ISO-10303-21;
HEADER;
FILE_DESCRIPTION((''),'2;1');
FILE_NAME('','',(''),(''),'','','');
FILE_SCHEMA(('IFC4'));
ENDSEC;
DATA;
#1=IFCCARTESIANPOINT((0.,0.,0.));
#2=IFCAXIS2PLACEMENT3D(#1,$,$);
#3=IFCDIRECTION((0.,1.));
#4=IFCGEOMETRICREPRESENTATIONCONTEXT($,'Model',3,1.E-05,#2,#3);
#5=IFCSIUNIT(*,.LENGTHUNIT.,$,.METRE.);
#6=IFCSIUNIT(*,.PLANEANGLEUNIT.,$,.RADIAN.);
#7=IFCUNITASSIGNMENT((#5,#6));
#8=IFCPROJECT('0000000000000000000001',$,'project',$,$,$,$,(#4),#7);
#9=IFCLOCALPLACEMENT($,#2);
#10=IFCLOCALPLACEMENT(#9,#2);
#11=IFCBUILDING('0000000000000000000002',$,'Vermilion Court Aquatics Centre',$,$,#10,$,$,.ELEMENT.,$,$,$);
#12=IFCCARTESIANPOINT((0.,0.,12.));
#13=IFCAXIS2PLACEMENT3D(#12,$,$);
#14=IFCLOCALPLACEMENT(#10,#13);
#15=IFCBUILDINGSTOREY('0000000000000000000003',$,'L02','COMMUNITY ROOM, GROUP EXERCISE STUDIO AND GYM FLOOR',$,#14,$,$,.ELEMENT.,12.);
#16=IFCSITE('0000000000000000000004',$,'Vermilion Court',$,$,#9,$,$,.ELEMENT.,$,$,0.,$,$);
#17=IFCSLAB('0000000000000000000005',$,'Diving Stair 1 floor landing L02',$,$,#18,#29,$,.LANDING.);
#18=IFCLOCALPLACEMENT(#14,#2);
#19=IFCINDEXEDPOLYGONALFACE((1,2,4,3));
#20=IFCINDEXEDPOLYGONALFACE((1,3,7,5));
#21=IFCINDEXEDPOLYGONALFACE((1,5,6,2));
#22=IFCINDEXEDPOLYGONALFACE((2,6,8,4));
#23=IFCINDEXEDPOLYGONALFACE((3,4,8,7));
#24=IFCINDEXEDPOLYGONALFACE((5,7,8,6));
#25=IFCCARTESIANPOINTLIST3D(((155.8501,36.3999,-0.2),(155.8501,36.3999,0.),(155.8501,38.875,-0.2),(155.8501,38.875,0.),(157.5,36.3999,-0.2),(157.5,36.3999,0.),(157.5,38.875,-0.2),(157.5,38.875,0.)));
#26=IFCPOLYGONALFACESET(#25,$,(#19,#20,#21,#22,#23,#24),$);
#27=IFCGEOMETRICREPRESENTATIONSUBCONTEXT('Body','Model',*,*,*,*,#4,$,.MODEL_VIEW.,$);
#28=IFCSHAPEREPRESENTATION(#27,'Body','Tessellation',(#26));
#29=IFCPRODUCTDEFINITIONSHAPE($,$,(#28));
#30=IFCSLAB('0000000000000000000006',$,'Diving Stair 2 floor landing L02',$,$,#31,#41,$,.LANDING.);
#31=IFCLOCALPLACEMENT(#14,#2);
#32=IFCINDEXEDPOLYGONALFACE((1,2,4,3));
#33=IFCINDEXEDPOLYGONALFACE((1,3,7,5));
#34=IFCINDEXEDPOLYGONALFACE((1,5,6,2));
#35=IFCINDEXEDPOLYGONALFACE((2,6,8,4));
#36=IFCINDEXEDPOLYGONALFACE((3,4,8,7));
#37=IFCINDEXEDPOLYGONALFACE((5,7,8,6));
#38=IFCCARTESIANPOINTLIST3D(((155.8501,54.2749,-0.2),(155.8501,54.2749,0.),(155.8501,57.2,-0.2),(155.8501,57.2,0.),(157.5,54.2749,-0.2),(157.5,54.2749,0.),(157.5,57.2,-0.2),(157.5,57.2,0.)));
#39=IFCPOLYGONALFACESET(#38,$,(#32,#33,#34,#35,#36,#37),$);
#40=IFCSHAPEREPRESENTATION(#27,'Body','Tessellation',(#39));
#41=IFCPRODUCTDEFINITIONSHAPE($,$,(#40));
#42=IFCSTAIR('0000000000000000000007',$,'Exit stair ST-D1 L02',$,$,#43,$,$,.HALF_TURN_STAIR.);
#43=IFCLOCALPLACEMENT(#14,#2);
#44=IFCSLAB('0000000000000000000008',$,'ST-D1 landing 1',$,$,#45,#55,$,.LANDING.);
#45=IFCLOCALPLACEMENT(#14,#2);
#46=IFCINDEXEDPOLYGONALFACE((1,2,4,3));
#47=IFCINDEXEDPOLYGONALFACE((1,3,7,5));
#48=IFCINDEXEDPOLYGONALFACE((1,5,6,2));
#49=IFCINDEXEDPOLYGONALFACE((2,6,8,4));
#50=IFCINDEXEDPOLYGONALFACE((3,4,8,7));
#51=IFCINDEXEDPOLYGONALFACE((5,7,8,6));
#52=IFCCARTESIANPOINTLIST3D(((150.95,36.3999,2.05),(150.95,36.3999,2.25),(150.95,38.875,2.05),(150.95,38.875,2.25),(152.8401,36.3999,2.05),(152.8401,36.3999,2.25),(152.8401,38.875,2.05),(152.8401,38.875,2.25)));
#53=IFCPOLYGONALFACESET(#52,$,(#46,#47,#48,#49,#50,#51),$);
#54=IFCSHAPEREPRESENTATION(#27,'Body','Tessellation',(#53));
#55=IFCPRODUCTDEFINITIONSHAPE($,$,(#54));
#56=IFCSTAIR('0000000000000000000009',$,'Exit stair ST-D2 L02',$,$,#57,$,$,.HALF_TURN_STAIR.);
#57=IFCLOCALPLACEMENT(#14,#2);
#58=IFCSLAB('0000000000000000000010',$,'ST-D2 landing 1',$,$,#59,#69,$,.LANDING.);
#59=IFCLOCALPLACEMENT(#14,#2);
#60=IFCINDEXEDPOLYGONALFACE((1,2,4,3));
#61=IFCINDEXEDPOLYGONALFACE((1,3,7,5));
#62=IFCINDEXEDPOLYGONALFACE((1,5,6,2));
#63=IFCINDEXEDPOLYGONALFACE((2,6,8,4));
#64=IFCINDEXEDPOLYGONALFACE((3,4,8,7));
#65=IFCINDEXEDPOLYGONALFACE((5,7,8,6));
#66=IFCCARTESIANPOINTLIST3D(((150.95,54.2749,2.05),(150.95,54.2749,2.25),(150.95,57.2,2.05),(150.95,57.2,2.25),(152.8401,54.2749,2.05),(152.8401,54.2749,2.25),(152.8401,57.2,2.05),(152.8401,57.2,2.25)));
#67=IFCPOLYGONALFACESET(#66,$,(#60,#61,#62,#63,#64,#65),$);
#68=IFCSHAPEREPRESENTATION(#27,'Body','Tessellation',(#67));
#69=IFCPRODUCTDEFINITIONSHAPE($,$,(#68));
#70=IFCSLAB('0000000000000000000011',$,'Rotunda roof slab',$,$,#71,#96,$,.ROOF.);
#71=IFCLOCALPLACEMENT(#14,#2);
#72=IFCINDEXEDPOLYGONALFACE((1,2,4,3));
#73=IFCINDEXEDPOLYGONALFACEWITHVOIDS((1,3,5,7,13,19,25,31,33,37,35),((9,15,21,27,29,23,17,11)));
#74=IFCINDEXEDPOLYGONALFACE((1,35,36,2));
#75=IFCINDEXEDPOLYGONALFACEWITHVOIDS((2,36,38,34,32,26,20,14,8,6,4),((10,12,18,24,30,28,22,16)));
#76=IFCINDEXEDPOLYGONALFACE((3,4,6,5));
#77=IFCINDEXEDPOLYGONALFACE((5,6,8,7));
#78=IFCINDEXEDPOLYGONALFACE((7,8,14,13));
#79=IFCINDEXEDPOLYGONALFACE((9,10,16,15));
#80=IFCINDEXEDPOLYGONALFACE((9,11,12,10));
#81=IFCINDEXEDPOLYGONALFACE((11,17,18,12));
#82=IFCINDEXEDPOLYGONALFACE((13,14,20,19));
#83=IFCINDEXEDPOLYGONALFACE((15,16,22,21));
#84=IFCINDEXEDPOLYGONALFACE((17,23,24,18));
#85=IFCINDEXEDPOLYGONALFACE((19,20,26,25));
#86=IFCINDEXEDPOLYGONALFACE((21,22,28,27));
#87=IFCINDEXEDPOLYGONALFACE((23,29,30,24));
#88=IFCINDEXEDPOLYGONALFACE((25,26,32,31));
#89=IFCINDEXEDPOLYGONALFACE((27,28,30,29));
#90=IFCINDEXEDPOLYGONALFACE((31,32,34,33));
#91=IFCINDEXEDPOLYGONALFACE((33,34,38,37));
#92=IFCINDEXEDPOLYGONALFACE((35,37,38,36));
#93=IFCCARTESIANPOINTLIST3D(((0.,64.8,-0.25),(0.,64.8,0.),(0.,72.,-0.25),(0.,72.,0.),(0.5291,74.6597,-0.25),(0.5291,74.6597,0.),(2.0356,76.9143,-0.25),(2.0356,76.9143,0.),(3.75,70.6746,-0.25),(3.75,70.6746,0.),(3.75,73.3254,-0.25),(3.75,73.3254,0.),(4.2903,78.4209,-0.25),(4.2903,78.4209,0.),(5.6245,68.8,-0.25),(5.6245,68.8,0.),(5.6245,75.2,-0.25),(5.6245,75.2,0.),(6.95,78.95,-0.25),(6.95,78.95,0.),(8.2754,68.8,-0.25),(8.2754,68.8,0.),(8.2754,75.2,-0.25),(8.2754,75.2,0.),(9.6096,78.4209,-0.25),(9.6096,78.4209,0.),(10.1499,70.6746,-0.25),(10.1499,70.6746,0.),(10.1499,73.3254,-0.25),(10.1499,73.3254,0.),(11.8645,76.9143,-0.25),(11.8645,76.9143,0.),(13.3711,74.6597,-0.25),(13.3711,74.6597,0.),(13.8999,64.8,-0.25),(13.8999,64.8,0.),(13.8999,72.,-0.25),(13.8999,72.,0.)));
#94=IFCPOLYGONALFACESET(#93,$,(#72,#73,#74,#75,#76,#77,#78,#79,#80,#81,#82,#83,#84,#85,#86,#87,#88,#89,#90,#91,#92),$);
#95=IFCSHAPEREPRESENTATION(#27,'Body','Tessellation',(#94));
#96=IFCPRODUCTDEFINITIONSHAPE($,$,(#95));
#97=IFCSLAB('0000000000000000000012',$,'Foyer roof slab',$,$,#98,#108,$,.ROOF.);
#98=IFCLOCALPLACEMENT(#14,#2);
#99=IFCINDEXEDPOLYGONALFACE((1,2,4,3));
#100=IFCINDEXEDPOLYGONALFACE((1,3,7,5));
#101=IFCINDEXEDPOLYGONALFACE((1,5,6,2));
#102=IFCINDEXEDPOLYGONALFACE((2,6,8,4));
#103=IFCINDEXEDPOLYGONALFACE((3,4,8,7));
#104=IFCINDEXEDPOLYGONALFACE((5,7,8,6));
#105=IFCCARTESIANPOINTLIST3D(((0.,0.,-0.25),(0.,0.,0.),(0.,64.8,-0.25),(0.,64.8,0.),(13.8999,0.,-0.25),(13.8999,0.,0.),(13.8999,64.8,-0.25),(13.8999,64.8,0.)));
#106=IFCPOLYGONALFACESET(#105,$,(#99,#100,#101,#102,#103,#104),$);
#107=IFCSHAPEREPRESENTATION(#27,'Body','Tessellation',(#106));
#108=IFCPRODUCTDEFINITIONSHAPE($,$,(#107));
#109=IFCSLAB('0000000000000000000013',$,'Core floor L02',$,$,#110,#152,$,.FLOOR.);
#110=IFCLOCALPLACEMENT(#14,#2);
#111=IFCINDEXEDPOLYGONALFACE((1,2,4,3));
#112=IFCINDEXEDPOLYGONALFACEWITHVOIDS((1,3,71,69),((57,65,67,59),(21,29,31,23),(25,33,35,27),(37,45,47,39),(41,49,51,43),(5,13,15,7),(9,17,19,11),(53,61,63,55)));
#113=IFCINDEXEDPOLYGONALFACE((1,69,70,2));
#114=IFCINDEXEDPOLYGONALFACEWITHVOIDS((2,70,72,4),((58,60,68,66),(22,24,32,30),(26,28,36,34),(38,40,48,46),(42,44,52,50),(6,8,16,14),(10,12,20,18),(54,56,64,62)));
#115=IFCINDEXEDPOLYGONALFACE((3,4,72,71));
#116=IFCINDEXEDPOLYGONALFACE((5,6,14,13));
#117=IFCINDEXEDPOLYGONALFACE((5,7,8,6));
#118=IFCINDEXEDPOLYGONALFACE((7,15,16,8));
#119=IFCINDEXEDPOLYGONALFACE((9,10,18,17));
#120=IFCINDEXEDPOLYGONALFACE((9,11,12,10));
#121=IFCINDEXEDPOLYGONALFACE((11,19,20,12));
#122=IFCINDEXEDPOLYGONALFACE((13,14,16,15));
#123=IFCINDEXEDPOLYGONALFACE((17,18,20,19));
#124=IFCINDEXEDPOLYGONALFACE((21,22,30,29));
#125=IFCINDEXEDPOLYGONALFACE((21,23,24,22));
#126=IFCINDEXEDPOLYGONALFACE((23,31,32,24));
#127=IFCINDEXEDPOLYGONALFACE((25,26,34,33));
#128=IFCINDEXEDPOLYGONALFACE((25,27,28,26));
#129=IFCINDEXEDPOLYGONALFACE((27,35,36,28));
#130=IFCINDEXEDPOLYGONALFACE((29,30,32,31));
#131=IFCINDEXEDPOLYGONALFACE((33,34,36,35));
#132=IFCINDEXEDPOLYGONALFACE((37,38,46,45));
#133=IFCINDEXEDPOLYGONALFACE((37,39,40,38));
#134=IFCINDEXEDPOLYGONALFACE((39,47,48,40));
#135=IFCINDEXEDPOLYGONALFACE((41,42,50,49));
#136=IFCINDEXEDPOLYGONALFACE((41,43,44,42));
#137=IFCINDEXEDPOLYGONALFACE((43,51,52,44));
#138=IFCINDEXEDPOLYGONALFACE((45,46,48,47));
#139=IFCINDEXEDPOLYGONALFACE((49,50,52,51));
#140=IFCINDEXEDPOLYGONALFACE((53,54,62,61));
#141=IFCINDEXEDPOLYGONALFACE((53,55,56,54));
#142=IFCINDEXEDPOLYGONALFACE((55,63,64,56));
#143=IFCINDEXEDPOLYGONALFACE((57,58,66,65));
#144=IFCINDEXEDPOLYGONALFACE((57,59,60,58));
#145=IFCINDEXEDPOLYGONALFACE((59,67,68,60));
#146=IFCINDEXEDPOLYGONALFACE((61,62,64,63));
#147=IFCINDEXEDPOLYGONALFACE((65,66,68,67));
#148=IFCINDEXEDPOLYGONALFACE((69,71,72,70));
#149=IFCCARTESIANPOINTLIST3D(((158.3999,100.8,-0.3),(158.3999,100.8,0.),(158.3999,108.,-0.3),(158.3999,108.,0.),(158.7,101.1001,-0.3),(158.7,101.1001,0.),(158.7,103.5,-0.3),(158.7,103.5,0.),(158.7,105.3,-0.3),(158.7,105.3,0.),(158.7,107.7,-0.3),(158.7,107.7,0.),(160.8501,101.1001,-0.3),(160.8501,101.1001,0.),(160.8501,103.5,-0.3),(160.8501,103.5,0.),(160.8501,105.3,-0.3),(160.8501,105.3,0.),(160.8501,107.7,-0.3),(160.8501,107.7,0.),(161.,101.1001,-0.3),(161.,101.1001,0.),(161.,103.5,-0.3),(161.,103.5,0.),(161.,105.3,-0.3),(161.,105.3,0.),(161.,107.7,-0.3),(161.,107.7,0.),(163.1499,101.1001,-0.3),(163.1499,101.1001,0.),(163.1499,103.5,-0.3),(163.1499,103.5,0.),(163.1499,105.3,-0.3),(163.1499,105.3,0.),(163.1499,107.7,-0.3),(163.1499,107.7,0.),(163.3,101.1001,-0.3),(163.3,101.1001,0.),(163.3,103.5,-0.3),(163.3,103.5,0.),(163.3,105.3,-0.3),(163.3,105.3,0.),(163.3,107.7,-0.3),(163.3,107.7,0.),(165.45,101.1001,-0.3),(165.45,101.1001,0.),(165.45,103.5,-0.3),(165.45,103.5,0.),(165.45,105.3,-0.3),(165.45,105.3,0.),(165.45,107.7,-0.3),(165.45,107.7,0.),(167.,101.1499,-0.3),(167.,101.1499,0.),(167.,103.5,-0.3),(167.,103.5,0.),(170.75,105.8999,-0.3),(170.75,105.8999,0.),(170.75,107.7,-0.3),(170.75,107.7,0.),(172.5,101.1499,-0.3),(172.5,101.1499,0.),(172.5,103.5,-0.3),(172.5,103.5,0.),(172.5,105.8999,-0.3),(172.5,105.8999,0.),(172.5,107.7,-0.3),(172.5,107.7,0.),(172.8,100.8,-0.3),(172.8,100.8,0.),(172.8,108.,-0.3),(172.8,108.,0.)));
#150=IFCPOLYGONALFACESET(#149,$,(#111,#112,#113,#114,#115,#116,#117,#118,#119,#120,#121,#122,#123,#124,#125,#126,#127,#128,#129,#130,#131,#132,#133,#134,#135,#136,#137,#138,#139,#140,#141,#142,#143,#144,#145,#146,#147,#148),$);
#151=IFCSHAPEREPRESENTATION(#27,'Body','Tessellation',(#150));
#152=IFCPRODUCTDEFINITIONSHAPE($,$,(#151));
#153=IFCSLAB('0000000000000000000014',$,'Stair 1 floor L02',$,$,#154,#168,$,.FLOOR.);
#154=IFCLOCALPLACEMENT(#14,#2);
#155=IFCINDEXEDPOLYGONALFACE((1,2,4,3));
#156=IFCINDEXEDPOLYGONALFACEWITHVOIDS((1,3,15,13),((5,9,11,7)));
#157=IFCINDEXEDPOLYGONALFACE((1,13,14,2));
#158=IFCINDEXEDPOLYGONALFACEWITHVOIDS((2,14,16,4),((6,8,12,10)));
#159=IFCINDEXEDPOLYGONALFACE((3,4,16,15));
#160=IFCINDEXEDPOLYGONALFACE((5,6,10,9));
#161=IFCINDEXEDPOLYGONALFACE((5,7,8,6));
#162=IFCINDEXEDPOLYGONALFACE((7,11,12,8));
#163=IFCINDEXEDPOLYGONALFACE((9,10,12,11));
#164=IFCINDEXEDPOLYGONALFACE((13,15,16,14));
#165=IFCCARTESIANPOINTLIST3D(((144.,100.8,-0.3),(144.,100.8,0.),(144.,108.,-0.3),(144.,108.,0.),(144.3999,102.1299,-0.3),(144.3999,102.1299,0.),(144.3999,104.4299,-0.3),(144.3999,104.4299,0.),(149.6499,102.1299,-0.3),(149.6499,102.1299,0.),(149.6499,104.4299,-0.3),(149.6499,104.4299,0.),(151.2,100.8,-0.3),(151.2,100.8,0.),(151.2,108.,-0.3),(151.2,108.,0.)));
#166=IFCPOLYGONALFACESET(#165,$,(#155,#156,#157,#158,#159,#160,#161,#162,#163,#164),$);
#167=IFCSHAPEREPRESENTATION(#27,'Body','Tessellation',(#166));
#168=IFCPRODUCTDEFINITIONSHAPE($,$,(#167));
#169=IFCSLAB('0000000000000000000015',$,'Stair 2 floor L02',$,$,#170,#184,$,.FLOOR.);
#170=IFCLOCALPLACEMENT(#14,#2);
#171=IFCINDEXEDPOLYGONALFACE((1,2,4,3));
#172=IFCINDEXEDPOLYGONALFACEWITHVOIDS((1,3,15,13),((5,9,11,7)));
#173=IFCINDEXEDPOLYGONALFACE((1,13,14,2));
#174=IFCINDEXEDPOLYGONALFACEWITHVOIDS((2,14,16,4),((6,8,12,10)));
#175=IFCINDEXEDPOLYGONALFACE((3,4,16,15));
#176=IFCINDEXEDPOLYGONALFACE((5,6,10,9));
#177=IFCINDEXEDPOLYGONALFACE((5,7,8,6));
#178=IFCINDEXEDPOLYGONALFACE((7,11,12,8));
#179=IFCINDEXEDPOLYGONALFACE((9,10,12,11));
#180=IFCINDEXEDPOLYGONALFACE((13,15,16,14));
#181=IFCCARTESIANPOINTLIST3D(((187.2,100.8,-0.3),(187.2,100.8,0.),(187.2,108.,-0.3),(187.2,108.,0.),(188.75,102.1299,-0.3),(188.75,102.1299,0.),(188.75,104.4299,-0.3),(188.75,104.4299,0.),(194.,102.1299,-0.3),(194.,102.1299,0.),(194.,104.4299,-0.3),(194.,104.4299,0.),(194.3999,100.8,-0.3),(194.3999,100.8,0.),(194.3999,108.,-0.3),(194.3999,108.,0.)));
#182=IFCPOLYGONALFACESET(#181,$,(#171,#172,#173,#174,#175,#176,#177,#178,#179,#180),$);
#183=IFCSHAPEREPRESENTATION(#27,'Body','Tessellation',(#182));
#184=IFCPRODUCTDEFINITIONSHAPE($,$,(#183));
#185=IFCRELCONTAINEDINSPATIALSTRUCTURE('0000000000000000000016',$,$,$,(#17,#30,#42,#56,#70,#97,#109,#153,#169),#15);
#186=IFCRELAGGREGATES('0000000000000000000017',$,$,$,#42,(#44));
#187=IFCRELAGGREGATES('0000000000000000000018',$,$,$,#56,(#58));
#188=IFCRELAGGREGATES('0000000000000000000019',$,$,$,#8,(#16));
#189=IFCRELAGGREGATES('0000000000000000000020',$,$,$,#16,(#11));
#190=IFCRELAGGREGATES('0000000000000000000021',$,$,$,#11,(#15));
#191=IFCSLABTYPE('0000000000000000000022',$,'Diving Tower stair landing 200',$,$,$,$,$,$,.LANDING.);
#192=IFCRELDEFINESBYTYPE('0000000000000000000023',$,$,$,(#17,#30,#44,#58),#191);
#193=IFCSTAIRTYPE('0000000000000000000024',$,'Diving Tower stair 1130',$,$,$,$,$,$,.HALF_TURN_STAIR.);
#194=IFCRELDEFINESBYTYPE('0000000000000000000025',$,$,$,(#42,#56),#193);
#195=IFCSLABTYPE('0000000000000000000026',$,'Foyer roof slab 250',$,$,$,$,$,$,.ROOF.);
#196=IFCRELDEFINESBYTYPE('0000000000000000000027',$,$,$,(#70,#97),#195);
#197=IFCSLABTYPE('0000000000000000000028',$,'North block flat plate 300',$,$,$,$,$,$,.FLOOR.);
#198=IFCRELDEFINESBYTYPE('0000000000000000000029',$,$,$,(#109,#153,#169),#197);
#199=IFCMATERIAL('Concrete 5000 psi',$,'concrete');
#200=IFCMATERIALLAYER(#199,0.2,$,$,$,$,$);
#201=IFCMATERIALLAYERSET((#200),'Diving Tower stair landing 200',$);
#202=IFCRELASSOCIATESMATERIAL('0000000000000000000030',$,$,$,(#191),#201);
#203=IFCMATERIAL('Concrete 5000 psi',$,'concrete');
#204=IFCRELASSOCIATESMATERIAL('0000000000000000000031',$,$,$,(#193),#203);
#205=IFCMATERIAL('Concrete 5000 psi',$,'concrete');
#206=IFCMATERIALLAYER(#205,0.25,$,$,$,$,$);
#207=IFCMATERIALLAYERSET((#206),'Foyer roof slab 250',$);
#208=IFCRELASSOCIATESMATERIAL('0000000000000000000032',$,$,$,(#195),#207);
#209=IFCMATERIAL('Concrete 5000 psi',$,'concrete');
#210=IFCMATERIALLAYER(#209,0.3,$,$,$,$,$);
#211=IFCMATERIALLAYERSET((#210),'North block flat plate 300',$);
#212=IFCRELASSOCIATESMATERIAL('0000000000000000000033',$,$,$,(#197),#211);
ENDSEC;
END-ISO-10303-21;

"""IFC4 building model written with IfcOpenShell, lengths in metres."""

from ifc_helpers import new_model, si_unit, direction, frame, origin, place, context, subcontext, project, spatial, polyline, outline, extrude, material, layer, layer_set, type_object, element, aggregate, save


model = new_model("IFC4")

# Units and contexts
model_context = context("Model", 3, precision=1e-05, world=origin(), true_north=direction((0.0, 1.0)))
body_context = subcontext(model_context, "Body", "Model", "MODEL_VIEW")
ifc_project = project(units=[si_unit("LENGTHUNIT", "METRE"), si_unit("PLANEANGLEUNIT", "RADIAN")], contexts=[model_context])

# Site, building, storey
site_placement = place(None, origin())
site = spatial("IfcSite", under=ifc_project, at=site_placement, Name="Vermilion Court", CompositionType="ELEMENT", RefElevation=0.0)
building_placement = place(site_placement, origin())
building = spatial("IfcBuilding", under=site, at=building_placement, Name="Vermilion Court Aquatics Centre", CompositionType="ELEMENT")
storey_placement = place(building_placement, frame((0.0, 0.0, 12.0)))
storey = spatial("IfcBuildingStorey", under=building, at=storey_placement, Name="L02", Description="COMMUNITY ROOM, GROUP EXERCISE STUDIO AND GYM FLOOR", CompositionType="ELEMENT", Elevation=12.0)

# Slabs
ifc_material_1 = material(Name="Concrete 5000 psi", Category="concrete")
ifc_layer_1 = layer(ifc_material_1, 0.2)
ifc_layer_set_1 = layer_set([ifc_layer_1], Name="Diving Tower stair landing 200")
slab_type_1 = type_object("IfcSlabType", Name="Diving Tower stair landing 200", PredefinedType="LANDING", material=ifc_layer_set_1)
slab_1_placement = place(storey_placement, frame((0.0, 0.0, -0.2)))
element("IfcSlab", 1, at=slab_1_placement, inside=storey, type_object=slab_type_1, Name="Diving Stair 1 floor landing L02", PredefinedType="LANDING", context=body_context, shape_type="SweptSolid", body=[
    extrude(outline(polyline([(155.8501, 36.3999), (157.5, 36.3999), (157.5, 38.875), (155.8501, 38.875), (155.8501, 36.3999)])), origin(), (0.0, 0.0, 1.0), 0.2),
])
slab_2_placement = place(storey_placement, frame((0.0, 0.0, -0.2)))
element("IfcSlab", 2, at=slab_2_placement, inside=storey, type_object=slab_type_1, Name="Diving Stair 2 floor landing L02", PredefinedType="LANDING", context=body_context, shape_type="SweptSolid", body=[
    extrude(outline(polyline([(155.8501, 54.2749), (157.5, 54.2749), (157.5, 57.2), (155.8501, 57.2), (155.8501, 54.2749)])), origin(), (0.0, 0.0, 1.0), 0.2),
])

# Stairs, slabs
ifc_material_2 = material(Name="Concrete 5000 psi", Category="concrete")
stair_type_1 = type_object("IfcStairType", Name="Diving Tower stair 1130", PredefinedType="HALF_TURN_STAIR", material=ifc_material_2)
stair_1_placement = place(storey_placement, origin())
stair_1 = element("IfcStair", 3, at=stair_1_placement, inside=storey, type_object=stair_type_1, Name="Exit stair ST-D1 L02", PredefinedType="HALF_TURN_STAIR")
slab_3_placement = place(storey_placement, frame((0.0, 0.0, 2.05)))
slab_3 = element("IfcSlab", 4, at=slab_3_placement, type_object=slab_type_1, Name="ST-D1 landing 1", PredefinedType="LANDING", context=body_context, shape_type="SweptSolid", body=[
    extrude(outline(polyline([(150.95, 36.3999), (152.8401, 36.3999), (152.8401, 38.875), (150.95, 38.875), (150.95, 36.3999)])), origin(), (0.0, 0.0, 1.0), 0.2),
])
aggregate(stair_1, [slab_3])
stair_2_placement = place(storey_placement, origin())
stair_2 = element("IfcStair", 5, at=stair_2_placement, inside=storey, type_object=stair_type_1, Name="Exit stair ST-D2 L02", PredefinedType="HALF_TURN_STAIR")
slab_4_placement = place(storey_placement, frame((0.0, 0.0, 2.05)))
slab_4 = element("IfcSlab", 6, at=slab_4_placement, type_object=slab_type_1, Name="ST-D2 landing 1", PredefinedType="LANDING", context=body_context, shape_type="SweptSolid", body=[
    extrude(outline(polyline([(150.95, 54.2749), (152.8401, 54.2749), (152.8401, 57.2), (150.95, 57.2), (150.95, 54.2749)])), origin(), (0.0, 0.0, 1.0), 0.2),
])
aggregate(stair_2, [slab_4])

# Slabs
ifc_material_3 = material(Name="Concrete 5000 psi", Category="concrete")
ifc_layer_2 = layer(ifc_material_3, 0.25)
ifc_layer_set_2 = layer_set([ifc_layer_2], Name="Foyer roof slab 250")
slab_type_2 = type_object("IfcSlabType", Name="Foyer roof slab 250", PredefinedType="ROOF", material=ifc_layer_set_2)
slab_5_placement = place(storey_placement, frame((0.0, 0.0, -0.25)))
element("IfcSlab", 7, at=slab_5_placement, inside=storey, type_object=slab_type_2, Name="Rotunda roof slab", PredefinedType="ROOF", context=body_context, shape_type="SweptSolid", body=[
    extrude(outline(polyline([(0.0, 64.8), (13.8999, 64.8), (13.8999, 72.0), (13.3711, 74.6597), (11.8645, 76.9143), (9.6096, 78.4209), (6.95, 78.95), (4.2903, 78.4209), (2.0356, 76.9143), (0.5291, 74.6597), (0.0, 72.0), (0.0, 64.8)]), holes=[polyline([(10.1499, 73.3254), (8.2754, 75.2), (5.6245, 75.2), (3.75, 73.3254), (3.75, 70.6746), (5.6245, 68.8), (8.2754, 68.8), (10.1499, 70.6746), (10.1499, 73.3254)])]), origin(), (0.0, 0.0, 1.0), 0.25),
])
slab_6_placement = place(storey_placement, frame((0.0, 0.0, -0.25)))
element("IfcSlab", 8, at=slab_6_placement, inside=storey, type_object=slab_type_2, Name="Foyer roof slab", PredefinedType="ROOF", context=body_context, shape_type="SweptSolid", body=[
    extrude(outline(polyline([(0.0, 0.0), (13.8999, 0.0), (13.8999, 64.8), (0.0, 64.8), (0.0, 0.0)])), origin(), (0.0, 0.0, 1.0), 0.25),
])
ifc_material_4 = material(Name="Concrete 5000 psi", Category="concrete")
ifc_layer_3 = layer(ifc_material_4, 0.3)
ifc_layer_set_3 = layer_set([ifc_layer_3], Name="North block flat plate 300")
slab_type_3 = type_object("IfcSlabType", Name="North block flat plate 300", PredefinedType="FLOOR", material=ifc_layer_set_3)
slab_7_placement = place(storey_placement, frame((0.0, 0.0, -0.3)))
element("IfcSlab", 9, at=slab_7_placement, inside=storey, type_object=slab_type_3, Name="Core floor L02", PredefinedType="FLOOR", context=body_context, shape_type="SweptSolid", body=[
    extrude(outline(polyline([(158.3999, 100.8), (172.8, 100.8), (172.8, 108.0), (158.3999, 108.0), (158.3999, 100.8)]), holes=[polyline([(158.7, 101.1001), (160.8501, 101.1001), (160.8501, 103.5), (158.7, 103.5), (158.7, 101.1001)]), polyline([(158.7, 105.3), (160.8501, 105.3), (160.8501, 107.7), (158.7, 107.7), (158.7, 105.3)]), polyline([(161.0, 101.1001), (163.1499, 101.1001), (163.1499, 103.5), (161.0, 103.5), (161.0, 101.1001)]), polyline([(161.0, 105.3), (163.1499, 105.3), (163.1499, 107.7), (161.0, 107.7), (161.0, 105.3)]), polyline([(163.3, 101.1001), (165.45, 101.1001), (165.45, 103.5), (163.3, 103.5), (163.3, 101.1001)]), polyline([(163.3, 105.3), (165.45, 105.3), (165.45, 107.7), (163.3, 107.7), (163.3, 105.3)]), polyline([(167.0, 101.1499), (172.5, 101.1499), (172.5, 103.5), (167.0, 103.5), (167.0, 101.1499)]), polyline([(170.75, 105.8999), (172.5, 105.8999), (172.5, 107.7), (170.75, 107.7), (170.75, 105.8999)])]), origin(), (0.0, 0.0, 1.0), 0.3),
])
slab_8_placement = place(storey_placement, frame((0.0, 0.0, -0.3)))
element("IfcSlab", 10, at=slab_8_placement, inside=storey, type_object=slab_type_3, Name="Stair 1 floor L02", PredefinedType="FLOOR", context=body_context, shape_type="SweptSolid", body=[
    extrude(outline(polyline([(144.0, 100.8), (151.2, 100.8), (151.2, 108.0), (144.0, 108.0), (144.0, 100.8)]), holes=[polyline([(144.3999, 102.1299), (149.6499, 102.1299), (149.6499, 104.4299), (144.3999, 104.4299), (144.3999, 102.1299)])]), origin(), (0.0, 0.0, 1.0), 0.3),
])
slab_9_placement = place(storey_placement, frame((0.0, 0.0, -0.3)))
element("IfcSlab", 11, at=slab_9_placement, inside=storey, type_object=slab_type_3, Name="Stair 2 floor L02", PredefinedType="FLOOR", context=body_context, shape_type="SweptSolid", body=[
    extrude(outline(polyline([(187.2, 100.8), (194.3999, 100.8), (194.3999, 108.0), (187.2, 108.0), (187.2, 100.8)]), holes=[polyline([(188.75, 102.1299), (194.0, 102.1299), (194.0, 104.4299), (188.75, 104.4299), (188.75, 102.1299)])]), origin(), (0.0, 0.0, 1.0), 0.3),
])

save(model, "model.ifc")
